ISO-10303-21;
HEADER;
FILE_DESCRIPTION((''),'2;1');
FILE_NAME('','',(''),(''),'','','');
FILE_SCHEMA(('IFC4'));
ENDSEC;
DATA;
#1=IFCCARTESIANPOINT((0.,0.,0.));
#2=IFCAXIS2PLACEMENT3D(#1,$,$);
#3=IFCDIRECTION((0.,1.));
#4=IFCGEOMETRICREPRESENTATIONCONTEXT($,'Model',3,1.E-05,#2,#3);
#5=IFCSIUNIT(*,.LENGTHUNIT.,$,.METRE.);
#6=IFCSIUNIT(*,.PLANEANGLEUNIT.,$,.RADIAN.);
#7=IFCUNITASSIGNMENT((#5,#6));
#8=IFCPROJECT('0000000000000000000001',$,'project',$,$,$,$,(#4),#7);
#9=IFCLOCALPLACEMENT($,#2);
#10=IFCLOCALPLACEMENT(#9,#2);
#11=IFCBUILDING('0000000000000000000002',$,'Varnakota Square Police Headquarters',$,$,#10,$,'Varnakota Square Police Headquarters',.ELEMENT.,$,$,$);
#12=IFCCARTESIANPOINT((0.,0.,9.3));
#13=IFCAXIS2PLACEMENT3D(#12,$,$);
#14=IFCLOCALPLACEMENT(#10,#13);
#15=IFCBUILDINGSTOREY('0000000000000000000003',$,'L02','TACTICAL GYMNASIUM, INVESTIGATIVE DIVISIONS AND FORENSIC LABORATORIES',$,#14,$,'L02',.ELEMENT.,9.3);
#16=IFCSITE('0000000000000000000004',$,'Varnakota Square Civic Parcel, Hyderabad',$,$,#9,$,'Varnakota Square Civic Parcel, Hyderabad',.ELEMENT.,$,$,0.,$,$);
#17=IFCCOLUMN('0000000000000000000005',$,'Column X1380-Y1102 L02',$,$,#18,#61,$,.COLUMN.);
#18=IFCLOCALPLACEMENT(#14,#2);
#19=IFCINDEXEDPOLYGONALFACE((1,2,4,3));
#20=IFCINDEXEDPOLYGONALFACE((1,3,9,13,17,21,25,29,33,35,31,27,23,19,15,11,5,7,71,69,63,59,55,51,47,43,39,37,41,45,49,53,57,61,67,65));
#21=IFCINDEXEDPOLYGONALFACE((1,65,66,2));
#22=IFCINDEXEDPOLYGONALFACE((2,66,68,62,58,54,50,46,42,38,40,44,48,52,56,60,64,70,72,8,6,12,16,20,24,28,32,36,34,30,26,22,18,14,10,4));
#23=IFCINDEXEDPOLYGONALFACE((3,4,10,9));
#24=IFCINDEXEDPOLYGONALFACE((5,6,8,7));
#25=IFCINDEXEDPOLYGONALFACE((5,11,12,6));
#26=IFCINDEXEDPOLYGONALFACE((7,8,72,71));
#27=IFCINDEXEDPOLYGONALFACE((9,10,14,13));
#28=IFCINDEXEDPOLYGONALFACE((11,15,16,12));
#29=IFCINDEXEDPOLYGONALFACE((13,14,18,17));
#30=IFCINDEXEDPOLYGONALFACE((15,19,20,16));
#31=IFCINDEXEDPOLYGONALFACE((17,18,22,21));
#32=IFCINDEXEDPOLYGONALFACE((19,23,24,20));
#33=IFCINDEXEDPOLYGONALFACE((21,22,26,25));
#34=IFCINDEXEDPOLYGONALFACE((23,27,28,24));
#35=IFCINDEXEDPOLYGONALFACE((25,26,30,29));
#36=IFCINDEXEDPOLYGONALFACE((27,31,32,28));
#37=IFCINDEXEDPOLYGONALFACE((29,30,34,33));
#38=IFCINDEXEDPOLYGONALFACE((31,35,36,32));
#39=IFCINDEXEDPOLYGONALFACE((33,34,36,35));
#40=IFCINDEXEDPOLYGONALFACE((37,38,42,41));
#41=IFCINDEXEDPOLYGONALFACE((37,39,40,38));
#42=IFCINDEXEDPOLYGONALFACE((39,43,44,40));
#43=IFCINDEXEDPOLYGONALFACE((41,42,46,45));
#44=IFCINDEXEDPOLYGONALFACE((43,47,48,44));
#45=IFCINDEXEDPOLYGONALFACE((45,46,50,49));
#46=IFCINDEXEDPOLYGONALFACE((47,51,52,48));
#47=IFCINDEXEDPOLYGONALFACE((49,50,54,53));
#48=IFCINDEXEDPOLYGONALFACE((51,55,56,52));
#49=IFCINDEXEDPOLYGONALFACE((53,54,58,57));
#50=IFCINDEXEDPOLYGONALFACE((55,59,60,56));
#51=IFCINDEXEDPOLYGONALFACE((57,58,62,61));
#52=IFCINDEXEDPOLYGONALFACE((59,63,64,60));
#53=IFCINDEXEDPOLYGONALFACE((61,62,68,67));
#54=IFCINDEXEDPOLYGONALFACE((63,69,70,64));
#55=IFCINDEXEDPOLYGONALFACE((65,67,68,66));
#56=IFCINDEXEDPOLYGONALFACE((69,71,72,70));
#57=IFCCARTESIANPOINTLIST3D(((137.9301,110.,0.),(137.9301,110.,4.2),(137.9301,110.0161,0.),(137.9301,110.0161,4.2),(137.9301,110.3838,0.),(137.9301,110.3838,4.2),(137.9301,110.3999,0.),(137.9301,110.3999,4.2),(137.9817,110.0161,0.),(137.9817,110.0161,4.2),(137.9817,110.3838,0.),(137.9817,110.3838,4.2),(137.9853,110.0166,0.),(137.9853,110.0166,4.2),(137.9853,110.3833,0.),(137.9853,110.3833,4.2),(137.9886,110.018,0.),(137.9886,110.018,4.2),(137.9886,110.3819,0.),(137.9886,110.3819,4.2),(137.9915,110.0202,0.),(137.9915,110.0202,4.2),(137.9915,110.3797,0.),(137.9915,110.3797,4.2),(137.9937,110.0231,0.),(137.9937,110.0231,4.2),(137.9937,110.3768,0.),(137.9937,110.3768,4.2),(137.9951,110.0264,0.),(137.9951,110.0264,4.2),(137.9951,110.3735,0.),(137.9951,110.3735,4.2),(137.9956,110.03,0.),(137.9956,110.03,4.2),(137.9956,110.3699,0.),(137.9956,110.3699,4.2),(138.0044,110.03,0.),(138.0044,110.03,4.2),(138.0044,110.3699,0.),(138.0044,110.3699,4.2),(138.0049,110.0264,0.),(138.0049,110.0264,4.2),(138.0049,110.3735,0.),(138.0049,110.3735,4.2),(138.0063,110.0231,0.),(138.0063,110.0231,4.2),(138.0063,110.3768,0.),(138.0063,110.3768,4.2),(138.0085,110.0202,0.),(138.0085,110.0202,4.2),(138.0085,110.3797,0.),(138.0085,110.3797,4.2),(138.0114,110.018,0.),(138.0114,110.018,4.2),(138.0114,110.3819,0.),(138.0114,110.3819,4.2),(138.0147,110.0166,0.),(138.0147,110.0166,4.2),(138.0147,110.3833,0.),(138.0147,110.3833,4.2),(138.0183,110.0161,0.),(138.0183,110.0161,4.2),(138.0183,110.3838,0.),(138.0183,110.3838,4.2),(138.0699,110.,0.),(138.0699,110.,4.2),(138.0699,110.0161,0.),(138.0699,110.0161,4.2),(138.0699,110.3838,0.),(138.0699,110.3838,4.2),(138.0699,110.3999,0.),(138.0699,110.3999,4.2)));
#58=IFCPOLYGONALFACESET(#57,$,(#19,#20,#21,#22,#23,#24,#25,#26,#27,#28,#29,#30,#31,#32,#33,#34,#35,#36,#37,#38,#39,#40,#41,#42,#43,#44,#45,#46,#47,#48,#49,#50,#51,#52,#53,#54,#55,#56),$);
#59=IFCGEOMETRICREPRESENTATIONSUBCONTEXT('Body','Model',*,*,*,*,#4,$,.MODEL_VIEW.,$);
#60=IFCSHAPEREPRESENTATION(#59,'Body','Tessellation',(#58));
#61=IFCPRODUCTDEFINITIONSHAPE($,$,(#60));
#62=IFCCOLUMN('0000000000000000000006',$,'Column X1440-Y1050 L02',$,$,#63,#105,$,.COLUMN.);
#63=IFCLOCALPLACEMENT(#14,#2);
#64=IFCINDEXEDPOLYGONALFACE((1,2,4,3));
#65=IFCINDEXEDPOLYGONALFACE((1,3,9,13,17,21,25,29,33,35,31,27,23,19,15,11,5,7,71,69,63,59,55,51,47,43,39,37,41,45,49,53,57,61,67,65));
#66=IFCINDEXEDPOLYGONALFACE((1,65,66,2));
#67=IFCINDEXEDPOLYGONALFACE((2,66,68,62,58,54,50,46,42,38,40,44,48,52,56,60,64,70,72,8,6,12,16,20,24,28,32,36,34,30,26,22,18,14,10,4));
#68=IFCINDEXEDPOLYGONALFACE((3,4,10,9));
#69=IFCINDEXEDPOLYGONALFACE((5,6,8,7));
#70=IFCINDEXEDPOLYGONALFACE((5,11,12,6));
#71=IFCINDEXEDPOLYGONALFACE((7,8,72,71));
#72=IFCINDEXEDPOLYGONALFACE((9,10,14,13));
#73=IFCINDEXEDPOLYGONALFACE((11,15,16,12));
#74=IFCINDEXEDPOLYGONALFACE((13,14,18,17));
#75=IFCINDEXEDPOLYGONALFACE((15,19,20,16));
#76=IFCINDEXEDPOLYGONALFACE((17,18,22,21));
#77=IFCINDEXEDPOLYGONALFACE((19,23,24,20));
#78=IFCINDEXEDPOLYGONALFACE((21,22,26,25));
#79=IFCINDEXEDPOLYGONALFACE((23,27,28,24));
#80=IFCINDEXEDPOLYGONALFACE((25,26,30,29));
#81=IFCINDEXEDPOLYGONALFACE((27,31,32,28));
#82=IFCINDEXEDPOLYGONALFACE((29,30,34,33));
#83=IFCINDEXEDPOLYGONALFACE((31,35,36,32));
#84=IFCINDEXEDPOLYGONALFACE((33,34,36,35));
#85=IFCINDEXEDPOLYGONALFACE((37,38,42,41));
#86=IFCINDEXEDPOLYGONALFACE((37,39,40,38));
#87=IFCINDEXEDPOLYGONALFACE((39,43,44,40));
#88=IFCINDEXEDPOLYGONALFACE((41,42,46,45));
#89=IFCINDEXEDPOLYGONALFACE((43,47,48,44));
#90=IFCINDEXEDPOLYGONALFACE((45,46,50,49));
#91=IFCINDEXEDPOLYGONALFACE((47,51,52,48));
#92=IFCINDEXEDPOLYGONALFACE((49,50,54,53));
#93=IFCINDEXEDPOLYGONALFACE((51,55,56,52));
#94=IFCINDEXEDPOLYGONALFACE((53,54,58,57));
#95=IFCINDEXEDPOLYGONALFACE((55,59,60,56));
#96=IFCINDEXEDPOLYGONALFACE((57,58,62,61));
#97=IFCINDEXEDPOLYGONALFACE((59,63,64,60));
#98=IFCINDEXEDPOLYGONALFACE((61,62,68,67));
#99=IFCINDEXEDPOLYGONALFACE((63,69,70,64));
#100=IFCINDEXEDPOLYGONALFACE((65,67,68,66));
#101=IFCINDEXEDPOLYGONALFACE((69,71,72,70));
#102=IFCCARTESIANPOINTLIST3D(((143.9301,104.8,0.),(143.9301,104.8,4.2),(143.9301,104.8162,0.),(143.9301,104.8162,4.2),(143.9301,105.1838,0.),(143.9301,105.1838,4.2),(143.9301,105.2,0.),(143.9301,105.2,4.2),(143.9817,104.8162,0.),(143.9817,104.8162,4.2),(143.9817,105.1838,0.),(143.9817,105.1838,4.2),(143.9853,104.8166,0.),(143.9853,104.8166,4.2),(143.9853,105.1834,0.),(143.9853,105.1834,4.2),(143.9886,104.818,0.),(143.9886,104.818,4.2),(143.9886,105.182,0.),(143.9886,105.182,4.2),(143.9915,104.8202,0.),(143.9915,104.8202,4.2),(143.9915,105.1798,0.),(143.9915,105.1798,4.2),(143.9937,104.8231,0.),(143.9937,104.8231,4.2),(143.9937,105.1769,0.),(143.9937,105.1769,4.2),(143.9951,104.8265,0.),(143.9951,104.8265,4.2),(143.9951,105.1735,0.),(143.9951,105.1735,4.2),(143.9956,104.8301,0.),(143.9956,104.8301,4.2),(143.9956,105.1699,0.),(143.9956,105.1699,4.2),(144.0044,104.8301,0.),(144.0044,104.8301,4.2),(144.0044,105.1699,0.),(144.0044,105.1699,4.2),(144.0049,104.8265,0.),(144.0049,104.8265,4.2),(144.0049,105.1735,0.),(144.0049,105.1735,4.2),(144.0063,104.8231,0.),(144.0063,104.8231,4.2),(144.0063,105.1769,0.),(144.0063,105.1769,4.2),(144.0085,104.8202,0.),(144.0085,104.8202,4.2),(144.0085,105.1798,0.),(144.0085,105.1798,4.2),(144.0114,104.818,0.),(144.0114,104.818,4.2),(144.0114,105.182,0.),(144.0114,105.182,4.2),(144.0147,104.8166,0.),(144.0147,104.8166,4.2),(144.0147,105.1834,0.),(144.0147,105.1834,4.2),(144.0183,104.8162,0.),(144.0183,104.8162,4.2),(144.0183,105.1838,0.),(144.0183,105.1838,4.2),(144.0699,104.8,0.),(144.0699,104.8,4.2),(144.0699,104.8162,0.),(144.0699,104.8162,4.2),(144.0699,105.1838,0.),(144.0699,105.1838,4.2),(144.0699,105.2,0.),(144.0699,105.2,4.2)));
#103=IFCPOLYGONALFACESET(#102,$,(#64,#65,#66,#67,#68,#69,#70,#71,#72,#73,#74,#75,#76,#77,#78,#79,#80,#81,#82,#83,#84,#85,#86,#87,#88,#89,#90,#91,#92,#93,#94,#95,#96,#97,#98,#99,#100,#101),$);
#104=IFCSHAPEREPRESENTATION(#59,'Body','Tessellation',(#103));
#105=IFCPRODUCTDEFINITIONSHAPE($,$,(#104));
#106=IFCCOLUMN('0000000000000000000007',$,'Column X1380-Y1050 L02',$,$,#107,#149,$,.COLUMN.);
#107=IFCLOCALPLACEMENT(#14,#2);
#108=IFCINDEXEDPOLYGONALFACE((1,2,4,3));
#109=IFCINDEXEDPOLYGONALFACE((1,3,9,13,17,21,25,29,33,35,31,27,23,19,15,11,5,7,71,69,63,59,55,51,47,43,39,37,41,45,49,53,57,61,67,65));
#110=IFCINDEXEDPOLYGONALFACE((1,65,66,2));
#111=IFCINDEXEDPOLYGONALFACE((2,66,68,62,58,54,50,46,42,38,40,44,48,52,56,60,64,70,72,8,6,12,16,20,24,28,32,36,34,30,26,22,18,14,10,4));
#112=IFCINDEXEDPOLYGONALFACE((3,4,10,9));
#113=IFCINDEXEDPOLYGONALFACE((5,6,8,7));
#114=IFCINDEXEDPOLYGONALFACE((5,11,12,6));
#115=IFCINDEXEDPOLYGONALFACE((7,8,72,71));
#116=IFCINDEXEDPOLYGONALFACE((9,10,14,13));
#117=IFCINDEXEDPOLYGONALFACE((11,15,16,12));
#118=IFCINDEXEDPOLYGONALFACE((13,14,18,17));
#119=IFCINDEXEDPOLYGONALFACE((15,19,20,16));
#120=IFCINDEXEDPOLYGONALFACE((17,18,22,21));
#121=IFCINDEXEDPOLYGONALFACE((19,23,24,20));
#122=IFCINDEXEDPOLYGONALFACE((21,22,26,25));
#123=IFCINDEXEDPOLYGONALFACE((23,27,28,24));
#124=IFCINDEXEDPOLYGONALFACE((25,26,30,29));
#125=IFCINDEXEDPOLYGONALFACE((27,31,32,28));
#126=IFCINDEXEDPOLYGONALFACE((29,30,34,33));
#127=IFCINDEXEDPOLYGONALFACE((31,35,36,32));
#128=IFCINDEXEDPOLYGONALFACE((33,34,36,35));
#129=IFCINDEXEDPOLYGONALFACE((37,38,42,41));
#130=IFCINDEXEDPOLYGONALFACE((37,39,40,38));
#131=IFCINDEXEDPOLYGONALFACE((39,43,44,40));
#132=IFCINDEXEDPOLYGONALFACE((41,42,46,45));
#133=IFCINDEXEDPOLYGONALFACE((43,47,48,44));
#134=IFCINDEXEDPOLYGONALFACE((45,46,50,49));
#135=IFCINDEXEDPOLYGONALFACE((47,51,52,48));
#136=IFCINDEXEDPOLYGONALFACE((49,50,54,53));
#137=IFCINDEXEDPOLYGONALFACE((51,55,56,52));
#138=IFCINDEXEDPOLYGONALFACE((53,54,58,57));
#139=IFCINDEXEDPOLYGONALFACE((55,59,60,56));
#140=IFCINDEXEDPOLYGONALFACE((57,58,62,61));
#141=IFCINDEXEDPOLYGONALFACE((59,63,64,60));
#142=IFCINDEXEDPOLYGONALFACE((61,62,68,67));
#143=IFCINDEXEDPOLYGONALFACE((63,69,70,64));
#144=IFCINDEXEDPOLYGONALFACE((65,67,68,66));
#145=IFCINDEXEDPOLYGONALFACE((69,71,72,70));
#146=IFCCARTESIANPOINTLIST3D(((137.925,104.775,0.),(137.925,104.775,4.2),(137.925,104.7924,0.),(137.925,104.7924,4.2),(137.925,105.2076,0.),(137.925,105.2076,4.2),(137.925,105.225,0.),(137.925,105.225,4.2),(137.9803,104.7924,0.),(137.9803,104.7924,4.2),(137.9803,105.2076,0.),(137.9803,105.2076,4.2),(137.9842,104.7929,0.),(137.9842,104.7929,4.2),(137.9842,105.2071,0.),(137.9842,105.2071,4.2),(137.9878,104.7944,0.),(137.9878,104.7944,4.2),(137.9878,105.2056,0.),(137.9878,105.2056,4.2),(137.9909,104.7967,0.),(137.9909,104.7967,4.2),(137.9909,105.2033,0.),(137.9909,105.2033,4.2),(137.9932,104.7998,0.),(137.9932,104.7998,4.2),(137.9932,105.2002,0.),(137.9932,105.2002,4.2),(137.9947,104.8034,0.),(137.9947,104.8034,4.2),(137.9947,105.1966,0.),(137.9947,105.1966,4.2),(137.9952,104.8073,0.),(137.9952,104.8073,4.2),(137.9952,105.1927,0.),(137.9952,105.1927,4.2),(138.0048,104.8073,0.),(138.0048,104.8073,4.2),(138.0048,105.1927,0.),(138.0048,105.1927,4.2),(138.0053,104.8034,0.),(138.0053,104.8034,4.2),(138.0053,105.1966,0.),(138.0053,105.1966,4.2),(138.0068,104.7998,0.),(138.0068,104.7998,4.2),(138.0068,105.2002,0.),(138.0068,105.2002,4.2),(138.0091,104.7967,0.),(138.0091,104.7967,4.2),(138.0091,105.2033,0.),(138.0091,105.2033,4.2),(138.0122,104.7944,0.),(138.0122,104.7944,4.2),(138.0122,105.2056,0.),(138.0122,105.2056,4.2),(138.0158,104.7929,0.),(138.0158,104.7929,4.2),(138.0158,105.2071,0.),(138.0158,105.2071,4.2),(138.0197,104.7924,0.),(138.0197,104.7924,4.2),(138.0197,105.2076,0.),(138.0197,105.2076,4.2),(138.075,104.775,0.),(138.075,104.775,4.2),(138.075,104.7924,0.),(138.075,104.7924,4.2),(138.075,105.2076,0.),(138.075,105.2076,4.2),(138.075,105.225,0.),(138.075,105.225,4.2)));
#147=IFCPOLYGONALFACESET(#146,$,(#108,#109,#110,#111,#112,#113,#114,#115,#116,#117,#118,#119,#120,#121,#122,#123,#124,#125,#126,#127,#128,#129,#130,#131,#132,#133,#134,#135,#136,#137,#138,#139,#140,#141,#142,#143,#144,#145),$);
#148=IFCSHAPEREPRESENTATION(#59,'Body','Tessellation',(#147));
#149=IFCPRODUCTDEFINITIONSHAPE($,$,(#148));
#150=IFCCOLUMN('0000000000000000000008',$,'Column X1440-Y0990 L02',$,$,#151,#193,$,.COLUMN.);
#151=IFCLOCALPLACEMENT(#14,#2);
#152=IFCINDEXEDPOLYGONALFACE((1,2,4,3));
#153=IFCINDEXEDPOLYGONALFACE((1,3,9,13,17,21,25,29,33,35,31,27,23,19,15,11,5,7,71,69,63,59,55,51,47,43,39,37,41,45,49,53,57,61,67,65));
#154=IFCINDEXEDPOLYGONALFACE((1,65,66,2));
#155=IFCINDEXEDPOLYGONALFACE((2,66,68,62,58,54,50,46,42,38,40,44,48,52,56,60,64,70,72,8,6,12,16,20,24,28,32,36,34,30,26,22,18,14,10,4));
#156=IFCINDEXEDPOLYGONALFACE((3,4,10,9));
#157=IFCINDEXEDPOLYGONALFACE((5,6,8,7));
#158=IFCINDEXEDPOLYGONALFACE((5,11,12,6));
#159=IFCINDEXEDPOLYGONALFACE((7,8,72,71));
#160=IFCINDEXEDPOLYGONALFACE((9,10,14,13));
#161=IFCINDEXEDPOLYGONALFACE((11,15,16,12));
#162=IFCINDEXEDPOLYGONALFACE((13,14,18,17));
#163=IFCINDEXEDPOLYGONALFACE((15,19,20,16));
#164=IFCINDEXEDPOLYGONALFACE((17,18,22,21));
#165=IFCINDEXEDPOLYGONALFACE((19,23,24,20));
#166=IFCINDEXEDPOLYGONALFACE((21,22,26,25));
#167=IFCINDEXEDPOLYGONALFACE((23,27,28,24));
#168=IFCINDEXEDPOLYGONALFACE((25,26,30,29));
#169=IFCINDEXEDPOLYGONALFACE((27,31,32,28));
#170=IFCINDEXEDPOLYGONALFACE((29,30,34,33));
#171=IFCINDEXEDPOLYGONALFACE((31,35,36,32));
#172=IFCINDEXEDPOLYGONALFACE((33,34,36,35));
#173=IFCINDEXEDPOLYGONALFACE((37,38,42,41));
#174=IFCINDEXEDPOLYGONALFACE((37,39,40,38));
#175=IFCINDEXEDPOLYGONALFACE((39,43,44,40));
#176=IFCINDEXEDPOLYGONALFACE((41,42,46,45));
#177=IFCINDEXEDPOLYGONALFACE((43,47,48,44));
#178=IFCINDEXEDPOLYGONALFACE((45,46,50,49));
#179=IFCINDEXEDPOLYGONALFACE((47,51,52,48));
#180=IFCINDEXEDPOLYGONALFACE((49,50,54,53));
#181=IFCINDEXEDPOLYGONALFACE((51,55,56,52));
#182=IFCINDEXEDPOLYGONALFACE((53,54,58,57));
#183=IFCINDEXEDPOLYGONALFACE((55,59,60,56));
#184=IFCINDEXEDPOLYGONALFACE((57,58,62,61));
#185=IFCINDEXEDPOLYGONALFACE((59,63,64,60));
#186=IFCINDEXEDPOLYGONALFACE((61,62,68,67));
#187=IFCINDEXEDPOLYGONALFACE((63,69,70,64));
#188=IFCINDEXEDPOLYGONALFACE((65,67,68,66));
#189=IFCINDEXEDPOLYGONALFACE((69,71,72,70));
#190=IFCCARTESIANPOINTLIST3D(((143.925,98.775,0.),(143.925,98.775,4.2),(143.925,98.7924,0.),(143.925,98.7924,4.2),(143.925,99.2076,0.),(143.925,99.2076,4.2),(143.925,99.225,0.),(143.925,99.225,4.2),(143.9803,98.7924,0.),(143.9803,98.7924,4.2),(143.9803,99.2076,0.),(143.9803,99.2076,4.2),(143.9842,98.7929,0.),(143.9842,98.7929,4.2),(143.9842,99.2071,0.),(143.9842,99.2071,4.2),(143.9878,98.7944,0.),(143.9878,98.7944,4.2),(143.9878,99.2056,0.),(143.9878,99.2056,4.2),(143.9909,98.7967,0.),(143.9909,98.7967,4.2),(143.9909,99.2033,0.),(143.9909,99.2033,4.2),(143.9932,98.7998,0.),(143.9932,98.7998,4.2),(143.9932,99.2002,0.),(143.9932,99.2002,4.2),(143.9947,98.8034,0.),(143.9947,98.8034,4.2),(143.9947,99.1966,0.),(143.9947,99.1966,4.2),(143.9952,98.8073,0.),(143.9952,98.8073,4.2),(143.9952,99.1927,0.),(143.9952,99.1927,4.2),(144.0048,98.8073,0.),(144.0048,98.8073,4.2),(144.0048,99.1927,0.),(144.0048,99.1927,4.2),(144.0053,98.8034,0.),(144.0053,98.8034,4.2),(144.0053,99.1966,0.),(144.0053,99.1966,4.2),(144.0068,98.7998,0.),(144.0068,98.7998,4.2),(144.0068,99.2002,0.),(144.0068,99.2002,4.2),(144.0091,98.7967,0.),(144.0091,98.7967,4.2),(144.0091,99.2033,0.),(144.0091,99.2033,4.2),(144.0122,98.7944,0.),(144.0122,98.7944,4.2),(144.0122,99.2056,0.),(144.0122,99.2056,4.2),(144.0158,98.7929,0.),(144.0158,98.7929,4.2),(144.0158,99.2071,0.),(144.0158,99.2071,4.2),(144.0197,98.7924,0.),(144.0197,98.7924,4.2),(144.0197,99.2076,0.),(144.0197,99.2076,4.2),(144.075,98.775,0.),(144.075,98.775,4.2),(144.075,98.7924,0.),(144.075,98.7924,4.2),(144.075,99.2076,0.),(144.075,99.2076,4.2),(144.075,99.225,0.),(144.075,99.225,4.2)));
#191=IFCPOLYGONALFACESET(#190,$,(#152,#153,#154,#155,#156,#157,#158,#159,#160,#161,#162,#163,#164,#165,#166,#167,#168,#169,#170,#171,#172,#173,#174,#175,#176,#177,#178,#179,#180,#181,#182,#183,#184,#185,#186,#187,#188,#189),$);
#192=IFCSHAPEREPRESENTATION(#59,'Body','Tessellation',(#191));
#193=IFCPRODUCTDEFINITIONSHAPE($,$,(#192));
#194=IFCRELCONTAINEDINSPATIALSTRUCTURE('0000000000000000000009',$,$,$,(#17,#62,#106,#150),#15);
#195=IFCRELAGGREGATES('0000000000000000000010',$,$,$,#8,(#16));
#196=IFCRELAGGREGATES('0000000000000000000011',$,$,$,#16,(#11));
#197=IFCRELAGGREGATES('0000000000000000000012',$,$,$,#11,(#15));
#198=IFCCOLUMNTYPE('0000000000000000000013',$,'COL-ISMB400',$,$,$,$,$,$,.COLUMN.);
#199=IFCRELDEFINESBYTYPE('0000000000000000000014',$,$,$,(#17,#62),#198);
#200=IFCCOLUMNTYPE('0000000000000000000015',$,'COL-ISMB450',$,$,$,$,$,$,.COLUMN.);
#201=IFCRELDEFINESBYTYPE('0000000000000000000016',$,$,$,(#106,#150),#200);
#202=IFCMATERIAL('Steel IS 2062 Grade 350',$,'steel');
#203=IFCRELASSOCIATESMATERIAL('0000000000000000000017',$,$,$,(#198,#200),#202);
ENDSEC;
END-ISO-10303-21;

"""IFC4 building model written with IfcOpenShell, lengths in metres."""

from ifc_helpers import new_model, si_unit, direction, frame, origin, origin_2d, place, context, subcontext, project, spatial, i_section, extrude, material, material_profile, profile_set, type_object, element, save


model = new_model("IFC4")

# Units and contexts
model_context = context("Model", 3, precision=1e-05, world=origin(), true_north=direction((0.0, 1.0)))
body_context = subcontext(model_context, "Body", "Model", "MODEL_VIEW")
ifc_project = project(units=[si_unit("LENGTHUNIT", "METRE"), si_unit("PLANEANGLEUNIT", "RADIAN")], contexts=[model_context])

# Site, building, storey
site_placement = place(None, origin())
site = spatial("IfcSite", under=ifc_project, at=site_placement, Name="Varnakota Square Civic Parcel, Hyderabad", LongName="Varnakota Square Civic Parcel, Hyderabad", CompositionType="ELEMENT", RefElevation=0.0)
building_placement = place(site_placement, origin())
building = spatial("IfcBuilding", under=site, at=building_placement, Name="Varnakota Square Police Headquarters", LongName="Varnakota Square Police Headquarters", CompositionType="ELEMENT")
storey_placement = place(building_placement, frame((0.0, 0.0, 9.3)))
storey = spatial("IfcBuildingStorey", under=building, at=storey_placement, Name="L02", Description="TACTICAL GYMNASIUM, INVESTIGATIVE DIVISIONS AND FORENSIC LABORATORIES", LongName="L02", CompositionType="ELEMENT", Elevation=9.3)

# Columns
ifc_material_1 = material(Name="Steel IS 2062 Grade 350", Category="steel")
ifc_material_profile_1 = material_profile(ifc_material_1, i_section(OverallWidth=0.1399, OverallDepth=0.3999, WebThickness=0.0088, FlangeThickness=0.0161, FilletRadius=0.0139, at=origin_2d()), Name="ISMB 400")
ifc_profile_set_1 = profile_set([ifc_material_profile_1], Name="Steel IS 2062 Grade 350")
column_type_1 = type_object("IfcColumnType", Name="COL-ISMB400", PredefinedType="COLUMN", material=ifc_profile_set_1)
for number, where, z_axis, x_axis, name in (
    (1, (138.0, 110.2, 0.0), (0.0, 0.0, 1.0), (1.0, 0.0, 0.0), "Column X1380-Y1102 L02"),
    (2, (144.0, 105.0, 0.0), (0.0, 0.0, 1.0), (1.0, 0.0, 0.0), "Column X1440-Y1050 L02"),
):
    element("IfcColumn", number, at=place(storey_placement, frame(where, z_axis=z_axis, x_axis=x_axis)), inside=storey, type_object=column_type_1, Name=name, PredefinedType="COLUMN", context=body_context, shape_type="SweptSolid", body=[
        extrude(i_section(OverallWidth=0.1399, OverallDepth=0.3999, WebThickness=0.0088, FlangeThickness=0.0161, FilletRadius=0.0139, at=origin_2d()), origin(), (0.0, 0.0, 1.0), 4.2),
    ])
ifc_material_profile_2 = material_profile(ifc_material_1, i_section(OverallWidth=0.1499, OverallDepth=0.45, WebThickness=0.0095, FlangeThickness=0.0173, FilletRadius=0.0149, at=origin_2d()), Name="ISMB 450")
ifc_profile_set_2 = profile_set([ifc_material_profile_2], Name="Steel IS 2062 Grade 350")
column_type_2 = type_object("IfcColumnType", Name="COL-ISMB450", PredefinedType="COLUMN", material=ifc_profile_set_2)
for number, where, z_axis, x_axis, name in (
    (3, (138.0, 105.0, 0.0), (0.0, 0.0, 1.0), (1.0, 0.0, 0.0), "Column X1380-Y1050 L02"),
    (4, (144.0, 99.0, 0.0), (0.0, 0.0, 1.0), (1.0, 0.0, 0.0), "Column X1440-Y0990 L02"),
):
    element("IfcColumn", number, at=place(storey_placement, frame(where, z_axis=z_axis, x_axis=x_axis)), inside=storey, type_object=column_type_2, Name=name, PredefinedType="COLUMN", context=body_context, shape_type="SweptSolid", body=[
        extrude(i_section(OverallWidth=0.1499, OverallDepth=0.45, WebThickness=0.0095, FlangeThickness=0.0173, FilletRadius=0.0149, at=origin_2d()), origin(), (0.0, 0.0, 1.0), 4.2),
    ])

save(model, "model.ifc")
